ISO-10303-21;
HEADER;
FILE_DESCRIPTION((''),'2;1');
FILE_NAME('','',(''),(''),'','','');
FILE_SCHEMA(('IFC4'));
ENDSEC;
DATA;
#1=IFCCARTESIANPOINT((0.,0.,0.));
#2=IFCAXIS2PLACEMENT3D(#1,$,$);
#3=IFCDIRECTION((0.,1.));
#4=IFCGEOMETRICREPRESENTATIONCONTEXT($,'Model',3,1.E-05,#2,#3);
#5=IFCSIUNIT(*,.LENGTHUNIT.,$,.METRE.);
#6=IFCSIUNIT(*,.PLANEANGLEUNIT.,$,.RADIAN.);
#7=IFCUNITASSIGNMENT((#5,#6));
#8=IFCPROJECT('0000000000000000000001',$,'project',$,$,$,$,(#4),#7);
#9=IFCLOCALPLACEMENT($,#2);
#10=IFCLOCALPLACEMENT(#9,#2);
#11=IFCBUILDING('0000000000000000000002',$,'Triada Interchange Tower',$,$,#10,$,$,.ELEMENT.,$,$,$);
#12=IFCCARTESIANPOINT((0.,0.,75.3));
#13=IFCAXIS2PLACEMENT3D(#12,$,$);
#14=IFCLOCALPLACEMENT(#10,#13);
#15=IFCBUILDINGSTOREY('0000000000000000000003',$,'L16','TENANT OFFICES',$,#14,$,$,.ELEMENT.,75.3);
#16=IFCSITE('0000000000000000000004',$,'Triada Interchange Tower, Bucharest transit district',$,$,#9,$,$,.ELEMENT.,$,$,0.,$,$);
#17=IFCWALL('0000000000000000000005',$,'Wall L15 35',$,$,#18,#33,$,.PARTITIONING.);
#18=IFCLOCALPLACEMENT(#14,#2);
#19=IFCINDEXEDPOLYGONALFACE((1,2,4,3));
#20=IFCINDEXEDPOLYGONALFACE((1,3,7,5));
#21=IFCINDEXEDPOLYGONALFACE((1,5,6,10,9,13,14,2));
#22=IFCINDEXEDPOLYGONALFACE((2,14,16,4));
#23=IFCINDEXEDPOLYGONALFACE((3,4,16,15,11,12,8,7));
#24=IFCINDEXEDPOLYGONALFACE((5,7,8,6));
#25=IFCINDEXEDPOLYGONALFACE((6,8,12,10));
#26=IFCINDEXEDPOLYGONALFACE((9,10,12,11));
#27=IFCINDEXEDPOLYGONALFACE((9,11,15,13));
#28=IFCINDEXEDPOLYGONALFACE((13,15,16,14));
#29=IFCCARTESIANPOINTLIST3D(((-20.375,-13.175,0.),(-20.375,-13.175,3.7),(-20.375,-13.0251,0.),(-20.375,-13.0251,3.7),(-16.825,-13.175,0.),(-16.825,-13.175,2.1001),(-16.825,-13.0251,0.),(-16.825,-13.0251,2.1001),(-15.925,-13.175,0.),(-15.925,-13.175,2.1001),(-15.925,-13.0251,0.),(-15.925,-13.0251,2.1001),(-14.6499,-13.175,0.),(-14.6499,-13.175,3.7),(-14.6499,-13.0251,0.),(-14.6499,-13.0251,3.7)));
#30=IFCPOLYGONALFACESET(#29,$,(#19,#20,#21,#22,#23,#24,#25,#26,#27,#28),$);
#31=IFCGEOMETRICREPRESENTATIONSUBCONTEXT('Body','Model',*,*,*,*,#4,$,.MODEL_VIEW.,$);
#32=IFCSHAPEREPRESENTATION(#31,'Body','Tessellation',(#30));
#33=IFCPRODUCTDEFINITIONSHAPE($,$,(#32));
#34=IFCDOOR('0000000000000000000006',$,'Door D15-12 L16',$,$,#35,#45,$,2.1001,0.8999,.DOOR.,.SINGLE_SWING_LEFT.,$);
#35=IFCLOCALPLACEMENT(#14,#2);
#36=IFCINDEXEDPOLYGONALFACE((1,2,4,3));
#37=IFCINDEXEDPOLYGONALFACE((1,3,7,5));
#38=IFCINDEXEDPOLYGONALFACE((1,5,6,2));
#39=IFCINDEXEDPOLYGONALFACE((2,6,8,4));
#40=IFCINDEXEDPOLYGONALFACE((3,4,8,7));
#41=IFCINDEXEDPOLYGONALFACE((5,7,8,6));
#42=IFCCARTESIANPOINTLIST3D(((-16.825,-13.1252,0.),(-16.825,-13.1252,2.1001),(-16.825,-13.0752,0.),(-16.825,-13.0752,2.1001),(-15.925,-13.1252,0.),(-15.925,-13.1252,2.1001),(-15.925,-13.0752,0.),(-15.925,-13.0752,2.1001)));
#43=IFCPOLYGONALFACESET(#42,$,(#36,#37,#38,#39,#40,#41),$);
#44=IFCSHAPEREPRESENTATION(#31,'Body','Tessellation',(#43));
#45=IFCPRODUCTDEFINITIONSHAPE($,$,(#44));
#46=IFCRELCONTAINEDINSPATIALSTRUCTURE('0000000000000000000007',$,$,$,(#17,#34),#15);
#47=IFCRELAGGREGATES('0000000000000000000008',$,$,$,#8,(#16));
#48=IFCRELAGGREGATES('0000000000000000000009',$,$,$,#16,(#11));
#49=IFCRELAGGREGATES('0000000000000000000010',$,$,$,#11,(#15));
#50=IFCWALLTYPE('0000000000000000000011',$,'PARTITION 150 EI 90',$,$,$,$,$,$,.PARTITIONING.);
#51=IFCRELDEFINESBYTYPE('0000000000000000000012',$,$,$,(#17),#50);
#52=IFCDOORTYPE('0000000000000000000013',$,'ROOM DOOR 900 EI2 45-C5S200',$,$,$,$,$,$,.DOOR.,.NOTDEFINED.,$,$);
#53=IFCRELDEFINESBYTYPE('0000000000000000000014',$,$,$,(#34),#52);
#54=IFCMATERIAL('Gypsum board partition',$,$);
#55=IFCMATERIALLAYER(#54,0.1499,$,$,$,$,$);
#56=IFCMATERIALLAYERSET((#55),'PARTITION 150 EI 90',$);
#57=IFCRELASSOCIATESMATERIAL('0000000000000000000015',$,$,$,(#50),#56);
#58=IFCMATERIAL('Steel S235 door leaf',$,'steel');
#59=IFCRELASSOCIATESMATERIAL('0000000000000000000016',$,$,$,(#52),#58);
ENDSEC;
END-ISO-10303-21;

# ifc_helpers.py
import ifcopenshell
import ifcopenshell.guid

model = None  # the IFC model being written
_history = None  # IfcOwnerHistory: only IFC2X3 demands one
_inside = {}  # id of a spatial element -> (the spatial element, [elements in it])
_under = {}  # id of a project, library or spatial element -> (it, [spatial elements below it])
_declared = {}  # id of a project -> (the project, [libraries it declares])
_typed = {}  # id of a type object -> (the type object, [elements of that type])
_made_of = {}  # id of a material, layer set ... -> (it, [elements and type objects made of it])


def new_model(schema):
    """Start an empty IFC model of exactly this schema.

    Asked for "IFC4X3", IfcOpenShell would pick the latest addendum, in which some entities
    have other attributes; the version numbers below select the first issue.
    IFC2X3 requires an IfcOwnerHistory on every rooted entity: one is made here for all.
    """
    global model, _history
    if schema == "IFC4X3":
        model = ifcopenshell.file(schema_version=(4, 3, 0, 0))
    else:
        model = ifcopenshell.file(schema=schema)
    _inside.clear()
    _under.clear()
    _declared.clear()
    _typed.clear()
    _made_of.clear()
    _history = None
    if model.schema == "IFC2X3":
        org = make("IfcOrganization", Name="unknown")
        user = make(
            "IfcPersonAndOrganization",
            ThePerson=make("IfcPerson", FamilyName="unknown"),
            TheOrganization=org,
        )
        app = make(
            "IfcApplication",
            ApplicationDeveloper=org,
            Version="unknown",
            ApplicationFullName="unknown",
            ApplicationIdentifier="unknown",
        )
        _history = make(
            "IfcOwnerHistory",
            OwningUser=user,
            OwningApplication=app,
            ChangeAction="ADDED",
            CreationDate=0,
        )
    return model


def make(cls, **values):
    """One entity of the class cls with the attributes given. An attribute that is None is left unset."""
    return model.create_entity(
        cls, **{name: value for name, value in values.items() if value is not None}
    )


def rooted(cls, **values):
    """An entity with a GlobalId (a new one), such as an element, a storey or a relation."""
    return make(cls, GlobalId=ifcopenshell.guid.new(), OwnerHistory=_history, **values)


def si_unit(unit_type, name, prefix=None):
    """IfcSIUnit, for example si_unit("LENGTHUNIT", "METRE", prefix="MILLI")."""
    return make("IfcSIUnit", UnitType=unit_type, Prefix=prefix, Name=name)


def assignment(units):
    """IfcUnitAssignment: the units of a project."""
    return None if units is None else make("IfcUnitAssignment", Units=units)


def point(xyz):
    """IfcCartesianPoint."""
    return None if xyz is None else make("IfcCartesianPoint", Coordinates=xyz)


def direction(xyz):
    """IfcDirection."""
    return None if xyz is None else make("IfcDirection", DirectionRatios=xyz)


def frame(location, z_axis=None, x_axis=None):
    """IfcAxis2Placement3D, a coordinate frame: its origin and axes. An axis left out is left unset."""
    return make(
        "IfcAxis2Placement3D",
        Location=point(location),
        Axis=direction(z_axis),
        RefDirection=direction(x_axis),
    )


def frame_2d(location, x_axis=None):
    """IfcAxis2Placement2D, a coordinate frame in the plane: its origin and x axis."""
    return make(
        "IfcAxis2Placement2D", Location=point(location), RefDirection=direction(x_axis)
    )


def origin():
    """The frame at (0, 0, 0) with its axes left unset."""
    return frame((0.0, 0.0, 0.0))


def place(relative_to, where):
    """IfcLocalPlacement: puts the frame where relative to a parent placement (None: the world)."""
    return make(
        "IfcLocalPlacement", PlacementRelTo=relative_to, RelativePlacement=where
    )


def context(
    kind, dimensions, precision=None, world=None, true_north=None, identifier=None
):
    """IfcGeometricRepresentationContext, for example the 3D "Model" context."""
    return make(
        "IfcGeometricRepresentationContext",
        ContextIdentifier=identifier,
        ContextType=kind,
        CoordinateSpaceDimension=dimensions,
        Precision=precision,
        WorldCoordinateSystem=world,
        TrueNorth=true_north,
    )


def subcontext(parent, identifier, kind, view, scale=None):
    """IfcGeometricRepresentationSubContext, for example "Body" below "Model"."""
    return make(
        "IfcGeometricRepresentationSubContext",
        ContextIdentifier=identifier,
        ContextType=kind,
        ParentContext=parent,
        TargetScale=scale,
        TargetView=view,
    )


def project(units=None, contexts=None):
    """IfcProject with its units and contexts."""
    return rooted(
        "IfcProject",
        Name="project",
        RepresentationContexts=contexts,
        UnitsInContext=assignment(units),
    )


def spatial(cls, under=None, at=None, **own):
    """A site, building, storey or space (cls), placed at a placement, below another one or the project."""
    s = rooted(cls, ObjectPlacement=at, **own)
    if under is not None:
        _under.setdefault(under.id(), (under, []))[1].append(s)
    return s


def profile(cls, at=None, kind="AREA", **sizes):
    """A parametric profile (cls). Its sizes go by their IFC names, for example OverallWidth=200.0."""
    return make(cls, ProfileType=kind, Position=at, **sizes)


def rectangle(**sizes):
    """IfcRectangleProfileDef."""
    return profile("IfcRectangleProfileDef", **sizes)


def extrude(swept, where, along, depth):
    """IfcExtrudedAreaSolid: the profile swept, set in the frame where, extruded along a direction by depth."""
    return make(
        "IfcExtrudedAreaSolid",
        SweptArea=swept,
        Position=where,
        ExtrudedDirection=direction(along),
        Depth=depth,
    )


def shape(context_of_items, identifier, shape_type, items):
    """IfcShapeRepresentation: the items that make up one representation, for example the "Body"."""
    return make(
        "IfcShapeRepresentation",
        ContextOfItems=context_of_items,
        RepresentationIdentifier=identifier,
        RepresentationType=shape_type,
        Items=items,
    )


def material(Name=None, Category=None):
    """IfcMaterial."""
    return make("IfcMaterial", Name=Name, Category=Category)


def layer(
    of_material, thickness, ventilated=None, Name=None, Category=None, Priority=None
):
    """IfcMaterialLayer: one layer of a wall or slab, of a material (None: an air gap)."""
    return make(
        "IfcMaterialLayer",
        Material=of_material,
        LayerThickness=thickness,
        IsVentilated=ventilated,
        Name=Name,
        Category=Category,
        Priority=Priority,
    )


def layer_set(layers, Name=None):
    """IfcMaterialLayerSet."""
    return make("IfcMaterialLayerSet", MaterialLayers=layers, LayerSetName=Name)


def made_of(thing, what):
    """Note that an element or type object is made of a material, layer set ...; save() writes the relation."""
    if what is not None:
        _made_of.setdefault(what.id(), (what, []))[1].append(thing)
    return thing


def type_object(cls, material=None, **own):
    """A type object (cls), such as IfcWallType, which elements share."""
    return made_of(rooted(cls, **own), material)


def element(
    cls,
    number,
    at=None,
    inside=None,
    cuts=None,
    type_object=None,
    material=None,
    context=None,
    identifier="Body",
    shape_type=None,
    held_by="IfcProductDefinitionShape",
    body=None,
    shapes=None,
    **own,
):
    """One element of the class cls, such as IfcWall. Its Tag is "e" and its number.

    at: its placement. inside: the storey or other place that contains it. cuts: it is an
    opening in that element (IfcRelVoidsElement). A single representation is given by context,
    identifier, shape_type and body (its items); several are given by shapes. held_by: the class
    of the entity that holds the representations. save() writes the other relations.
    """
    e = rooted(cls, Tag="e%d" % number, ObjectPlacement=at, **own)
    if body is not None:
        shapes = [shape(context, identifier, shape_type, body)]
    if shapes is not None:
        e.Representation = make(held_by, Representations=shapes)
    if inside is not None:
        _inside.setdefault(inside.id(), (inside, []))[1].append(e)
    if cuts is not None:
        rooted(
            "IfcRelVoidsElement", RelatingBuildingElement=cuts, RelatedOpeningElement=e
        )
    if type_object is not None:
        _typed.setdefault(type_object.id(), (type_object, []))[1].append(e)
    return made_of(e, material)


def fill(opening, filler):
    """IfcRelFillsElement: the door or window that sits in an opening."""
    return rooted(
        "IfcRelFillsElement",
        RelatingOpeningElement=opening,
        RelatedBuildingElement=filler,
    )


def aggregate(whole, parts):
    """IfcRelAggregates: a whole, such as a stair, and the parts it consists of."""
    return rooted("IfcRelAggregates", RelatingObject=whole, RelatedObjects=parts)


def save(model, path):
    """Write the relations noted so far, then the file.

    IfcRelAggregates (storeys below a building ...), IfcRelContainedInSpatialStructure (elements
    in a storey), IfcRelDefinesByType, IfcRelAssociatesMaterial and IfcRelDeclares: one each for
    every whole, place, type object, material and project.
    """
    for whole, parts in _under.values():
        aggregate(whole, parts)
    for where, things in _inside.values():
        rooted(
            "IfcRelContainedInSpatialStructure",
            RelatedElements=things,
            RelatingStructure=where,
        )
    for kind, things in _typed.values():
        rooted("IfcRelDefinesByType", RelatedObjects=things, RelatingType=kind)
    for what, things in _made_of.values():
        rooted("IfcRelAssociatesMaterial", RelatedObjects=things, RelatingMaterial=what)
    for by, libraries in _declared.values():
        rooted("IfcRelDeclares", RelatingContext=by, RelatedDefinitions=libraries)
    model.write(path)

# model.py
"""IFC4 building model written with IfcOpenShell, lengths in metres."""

from ifc_helpers import new_model, si_unit, direction, frame, frame_2d, origin, place, context, subcontext, project, spatial, rectangle, extrude, material, layer, layer_set, type_object, element, fill, save


model = new_model("IFC4")

# Units and contexts
model_context = context("Model", 3, precision=1e-05, world=origin(), true_north=direction((0.0, 1.0)))
body_context = subcontext(model_context, "Body", "Model", "MODEL_VIEW")
ifc_project = project(units=[si_unit("LENGTHUNIT", "METRE"), si_unit("PLANEANGLEUNIT", "RADIAN")], contexts=[model_context])

# Site, building, storey
site_placement = place(None, origin())
site = spatial("IfcSite", under=ifc_project, at=site_placement, Name="Triada Interchange Tower, Bucharest transit district", CompositionType="ELEMENT", RefElevation=0.0)
building_placement = place(site_placement, origin())
building = spatial("IfcBuilding", under=site, at=building_placement, Name="Triada Interchange Tower", CompositionType="ELEMENT")
storey_placement = place(building_placement, frame((0.0, 0.0, 75.3)))
storey = spatial("IfcBuildingStorey", under=building, at=storey_placement, Name="L16", Description="TENANT OFFICES", CompositionType="ELEMENT", Elevation=75.3)

# Shared definitions
ifc_material_1 = material(Name="Gypsum board partition")
ifc_material_2 = material(Name="Steel S235 door leaf", Category="steel")

# Wall, opening, door
ifc_layer_1 = layer(ifc_material_1, 0.1499)
ifc_layer_set_1 = layer_set([ifc_layer_1], Name="PARTITION 150 EI 90")
wall_type_1 = type_object("IfcWallType", Name="PARTITION 150 EI 90", PredefinedType="PARTITIONING", material=ifc_layer_set_1)
wall_1_placement = place(storey_placement, frame((-20.375, -13.1001, 0.0), z_axis=(0.0, 0.0, 1.0), x_axis=(1.0, 0.0, 0.0)))
wall_1 = element("IfcWall", 1, at=wall_1_placement, inside=storey, type_object=wall_type_1, Name="Wall L15 35", PredefinedType="PARTITIONING", context=body_context, shape_type="SweptSolid", body=[
    extrude(rectangle(XDim=5.7251, YDim=0.1499, at=frame_2d((2.8625, 0.0))), origin(), (0.0, 0.0, 1.0), 3.7),
])
opening_1_placement = place(wall_1_placement, frame((3.55, 0.0, 0.0)))
opening_1 = element("IfcOpeningElement", 2, at=opening_1_placement, cuts=wall_1, PredefinedType="OPENING", context=body_context, shape_type="SweptSolid", body=[
    extrude(rectangle(XDim=0.8999, YDim=2.1001, at=frame_2d((0.45, 1.05))), frame((0.0, 0.085, 0.0), z_axis=(0.0, -1.0, 0.0), x_axis=(1.0, 0.0, 0.0)), (0.0, 0.0, 1.0), 0.1699),
])
door_type_1 = type_object("IfcDoorType", Name="ROOM DOOR 900 EI2 45-C5S200", OperationType="NOTDEFINED", PredefinedType="DOOR", material=ifc_material_2)
door_1_placement = place(opening_1_placement, origin())
door_1 = element("IfcDoor", 3, at=door_1_placement, inside=storey, type_object=door_type_1, Name="Door D15-12 L16", OperationType="SINGLE_SWING_LEFT", OverallHeight=2.1001, OverallWidth=0.8999, PredefinedType="DOOR", context=body_context, shape_type="SweptSolid", body=[
    extrude(rectangle(XDim=0.8999, YDim=2.1001, at=frame_2d((0.45, 1.05))), frame((0.0, 0.0249, 0.0), z_axis=(0.0, -1.0, 0.0), x_axis=(1.0, 0.0, 0.0)), (0.0, 0.0, 1.0), 0.05),
])
fill(opening_1, door_1)

save(model, "model.ifc")
